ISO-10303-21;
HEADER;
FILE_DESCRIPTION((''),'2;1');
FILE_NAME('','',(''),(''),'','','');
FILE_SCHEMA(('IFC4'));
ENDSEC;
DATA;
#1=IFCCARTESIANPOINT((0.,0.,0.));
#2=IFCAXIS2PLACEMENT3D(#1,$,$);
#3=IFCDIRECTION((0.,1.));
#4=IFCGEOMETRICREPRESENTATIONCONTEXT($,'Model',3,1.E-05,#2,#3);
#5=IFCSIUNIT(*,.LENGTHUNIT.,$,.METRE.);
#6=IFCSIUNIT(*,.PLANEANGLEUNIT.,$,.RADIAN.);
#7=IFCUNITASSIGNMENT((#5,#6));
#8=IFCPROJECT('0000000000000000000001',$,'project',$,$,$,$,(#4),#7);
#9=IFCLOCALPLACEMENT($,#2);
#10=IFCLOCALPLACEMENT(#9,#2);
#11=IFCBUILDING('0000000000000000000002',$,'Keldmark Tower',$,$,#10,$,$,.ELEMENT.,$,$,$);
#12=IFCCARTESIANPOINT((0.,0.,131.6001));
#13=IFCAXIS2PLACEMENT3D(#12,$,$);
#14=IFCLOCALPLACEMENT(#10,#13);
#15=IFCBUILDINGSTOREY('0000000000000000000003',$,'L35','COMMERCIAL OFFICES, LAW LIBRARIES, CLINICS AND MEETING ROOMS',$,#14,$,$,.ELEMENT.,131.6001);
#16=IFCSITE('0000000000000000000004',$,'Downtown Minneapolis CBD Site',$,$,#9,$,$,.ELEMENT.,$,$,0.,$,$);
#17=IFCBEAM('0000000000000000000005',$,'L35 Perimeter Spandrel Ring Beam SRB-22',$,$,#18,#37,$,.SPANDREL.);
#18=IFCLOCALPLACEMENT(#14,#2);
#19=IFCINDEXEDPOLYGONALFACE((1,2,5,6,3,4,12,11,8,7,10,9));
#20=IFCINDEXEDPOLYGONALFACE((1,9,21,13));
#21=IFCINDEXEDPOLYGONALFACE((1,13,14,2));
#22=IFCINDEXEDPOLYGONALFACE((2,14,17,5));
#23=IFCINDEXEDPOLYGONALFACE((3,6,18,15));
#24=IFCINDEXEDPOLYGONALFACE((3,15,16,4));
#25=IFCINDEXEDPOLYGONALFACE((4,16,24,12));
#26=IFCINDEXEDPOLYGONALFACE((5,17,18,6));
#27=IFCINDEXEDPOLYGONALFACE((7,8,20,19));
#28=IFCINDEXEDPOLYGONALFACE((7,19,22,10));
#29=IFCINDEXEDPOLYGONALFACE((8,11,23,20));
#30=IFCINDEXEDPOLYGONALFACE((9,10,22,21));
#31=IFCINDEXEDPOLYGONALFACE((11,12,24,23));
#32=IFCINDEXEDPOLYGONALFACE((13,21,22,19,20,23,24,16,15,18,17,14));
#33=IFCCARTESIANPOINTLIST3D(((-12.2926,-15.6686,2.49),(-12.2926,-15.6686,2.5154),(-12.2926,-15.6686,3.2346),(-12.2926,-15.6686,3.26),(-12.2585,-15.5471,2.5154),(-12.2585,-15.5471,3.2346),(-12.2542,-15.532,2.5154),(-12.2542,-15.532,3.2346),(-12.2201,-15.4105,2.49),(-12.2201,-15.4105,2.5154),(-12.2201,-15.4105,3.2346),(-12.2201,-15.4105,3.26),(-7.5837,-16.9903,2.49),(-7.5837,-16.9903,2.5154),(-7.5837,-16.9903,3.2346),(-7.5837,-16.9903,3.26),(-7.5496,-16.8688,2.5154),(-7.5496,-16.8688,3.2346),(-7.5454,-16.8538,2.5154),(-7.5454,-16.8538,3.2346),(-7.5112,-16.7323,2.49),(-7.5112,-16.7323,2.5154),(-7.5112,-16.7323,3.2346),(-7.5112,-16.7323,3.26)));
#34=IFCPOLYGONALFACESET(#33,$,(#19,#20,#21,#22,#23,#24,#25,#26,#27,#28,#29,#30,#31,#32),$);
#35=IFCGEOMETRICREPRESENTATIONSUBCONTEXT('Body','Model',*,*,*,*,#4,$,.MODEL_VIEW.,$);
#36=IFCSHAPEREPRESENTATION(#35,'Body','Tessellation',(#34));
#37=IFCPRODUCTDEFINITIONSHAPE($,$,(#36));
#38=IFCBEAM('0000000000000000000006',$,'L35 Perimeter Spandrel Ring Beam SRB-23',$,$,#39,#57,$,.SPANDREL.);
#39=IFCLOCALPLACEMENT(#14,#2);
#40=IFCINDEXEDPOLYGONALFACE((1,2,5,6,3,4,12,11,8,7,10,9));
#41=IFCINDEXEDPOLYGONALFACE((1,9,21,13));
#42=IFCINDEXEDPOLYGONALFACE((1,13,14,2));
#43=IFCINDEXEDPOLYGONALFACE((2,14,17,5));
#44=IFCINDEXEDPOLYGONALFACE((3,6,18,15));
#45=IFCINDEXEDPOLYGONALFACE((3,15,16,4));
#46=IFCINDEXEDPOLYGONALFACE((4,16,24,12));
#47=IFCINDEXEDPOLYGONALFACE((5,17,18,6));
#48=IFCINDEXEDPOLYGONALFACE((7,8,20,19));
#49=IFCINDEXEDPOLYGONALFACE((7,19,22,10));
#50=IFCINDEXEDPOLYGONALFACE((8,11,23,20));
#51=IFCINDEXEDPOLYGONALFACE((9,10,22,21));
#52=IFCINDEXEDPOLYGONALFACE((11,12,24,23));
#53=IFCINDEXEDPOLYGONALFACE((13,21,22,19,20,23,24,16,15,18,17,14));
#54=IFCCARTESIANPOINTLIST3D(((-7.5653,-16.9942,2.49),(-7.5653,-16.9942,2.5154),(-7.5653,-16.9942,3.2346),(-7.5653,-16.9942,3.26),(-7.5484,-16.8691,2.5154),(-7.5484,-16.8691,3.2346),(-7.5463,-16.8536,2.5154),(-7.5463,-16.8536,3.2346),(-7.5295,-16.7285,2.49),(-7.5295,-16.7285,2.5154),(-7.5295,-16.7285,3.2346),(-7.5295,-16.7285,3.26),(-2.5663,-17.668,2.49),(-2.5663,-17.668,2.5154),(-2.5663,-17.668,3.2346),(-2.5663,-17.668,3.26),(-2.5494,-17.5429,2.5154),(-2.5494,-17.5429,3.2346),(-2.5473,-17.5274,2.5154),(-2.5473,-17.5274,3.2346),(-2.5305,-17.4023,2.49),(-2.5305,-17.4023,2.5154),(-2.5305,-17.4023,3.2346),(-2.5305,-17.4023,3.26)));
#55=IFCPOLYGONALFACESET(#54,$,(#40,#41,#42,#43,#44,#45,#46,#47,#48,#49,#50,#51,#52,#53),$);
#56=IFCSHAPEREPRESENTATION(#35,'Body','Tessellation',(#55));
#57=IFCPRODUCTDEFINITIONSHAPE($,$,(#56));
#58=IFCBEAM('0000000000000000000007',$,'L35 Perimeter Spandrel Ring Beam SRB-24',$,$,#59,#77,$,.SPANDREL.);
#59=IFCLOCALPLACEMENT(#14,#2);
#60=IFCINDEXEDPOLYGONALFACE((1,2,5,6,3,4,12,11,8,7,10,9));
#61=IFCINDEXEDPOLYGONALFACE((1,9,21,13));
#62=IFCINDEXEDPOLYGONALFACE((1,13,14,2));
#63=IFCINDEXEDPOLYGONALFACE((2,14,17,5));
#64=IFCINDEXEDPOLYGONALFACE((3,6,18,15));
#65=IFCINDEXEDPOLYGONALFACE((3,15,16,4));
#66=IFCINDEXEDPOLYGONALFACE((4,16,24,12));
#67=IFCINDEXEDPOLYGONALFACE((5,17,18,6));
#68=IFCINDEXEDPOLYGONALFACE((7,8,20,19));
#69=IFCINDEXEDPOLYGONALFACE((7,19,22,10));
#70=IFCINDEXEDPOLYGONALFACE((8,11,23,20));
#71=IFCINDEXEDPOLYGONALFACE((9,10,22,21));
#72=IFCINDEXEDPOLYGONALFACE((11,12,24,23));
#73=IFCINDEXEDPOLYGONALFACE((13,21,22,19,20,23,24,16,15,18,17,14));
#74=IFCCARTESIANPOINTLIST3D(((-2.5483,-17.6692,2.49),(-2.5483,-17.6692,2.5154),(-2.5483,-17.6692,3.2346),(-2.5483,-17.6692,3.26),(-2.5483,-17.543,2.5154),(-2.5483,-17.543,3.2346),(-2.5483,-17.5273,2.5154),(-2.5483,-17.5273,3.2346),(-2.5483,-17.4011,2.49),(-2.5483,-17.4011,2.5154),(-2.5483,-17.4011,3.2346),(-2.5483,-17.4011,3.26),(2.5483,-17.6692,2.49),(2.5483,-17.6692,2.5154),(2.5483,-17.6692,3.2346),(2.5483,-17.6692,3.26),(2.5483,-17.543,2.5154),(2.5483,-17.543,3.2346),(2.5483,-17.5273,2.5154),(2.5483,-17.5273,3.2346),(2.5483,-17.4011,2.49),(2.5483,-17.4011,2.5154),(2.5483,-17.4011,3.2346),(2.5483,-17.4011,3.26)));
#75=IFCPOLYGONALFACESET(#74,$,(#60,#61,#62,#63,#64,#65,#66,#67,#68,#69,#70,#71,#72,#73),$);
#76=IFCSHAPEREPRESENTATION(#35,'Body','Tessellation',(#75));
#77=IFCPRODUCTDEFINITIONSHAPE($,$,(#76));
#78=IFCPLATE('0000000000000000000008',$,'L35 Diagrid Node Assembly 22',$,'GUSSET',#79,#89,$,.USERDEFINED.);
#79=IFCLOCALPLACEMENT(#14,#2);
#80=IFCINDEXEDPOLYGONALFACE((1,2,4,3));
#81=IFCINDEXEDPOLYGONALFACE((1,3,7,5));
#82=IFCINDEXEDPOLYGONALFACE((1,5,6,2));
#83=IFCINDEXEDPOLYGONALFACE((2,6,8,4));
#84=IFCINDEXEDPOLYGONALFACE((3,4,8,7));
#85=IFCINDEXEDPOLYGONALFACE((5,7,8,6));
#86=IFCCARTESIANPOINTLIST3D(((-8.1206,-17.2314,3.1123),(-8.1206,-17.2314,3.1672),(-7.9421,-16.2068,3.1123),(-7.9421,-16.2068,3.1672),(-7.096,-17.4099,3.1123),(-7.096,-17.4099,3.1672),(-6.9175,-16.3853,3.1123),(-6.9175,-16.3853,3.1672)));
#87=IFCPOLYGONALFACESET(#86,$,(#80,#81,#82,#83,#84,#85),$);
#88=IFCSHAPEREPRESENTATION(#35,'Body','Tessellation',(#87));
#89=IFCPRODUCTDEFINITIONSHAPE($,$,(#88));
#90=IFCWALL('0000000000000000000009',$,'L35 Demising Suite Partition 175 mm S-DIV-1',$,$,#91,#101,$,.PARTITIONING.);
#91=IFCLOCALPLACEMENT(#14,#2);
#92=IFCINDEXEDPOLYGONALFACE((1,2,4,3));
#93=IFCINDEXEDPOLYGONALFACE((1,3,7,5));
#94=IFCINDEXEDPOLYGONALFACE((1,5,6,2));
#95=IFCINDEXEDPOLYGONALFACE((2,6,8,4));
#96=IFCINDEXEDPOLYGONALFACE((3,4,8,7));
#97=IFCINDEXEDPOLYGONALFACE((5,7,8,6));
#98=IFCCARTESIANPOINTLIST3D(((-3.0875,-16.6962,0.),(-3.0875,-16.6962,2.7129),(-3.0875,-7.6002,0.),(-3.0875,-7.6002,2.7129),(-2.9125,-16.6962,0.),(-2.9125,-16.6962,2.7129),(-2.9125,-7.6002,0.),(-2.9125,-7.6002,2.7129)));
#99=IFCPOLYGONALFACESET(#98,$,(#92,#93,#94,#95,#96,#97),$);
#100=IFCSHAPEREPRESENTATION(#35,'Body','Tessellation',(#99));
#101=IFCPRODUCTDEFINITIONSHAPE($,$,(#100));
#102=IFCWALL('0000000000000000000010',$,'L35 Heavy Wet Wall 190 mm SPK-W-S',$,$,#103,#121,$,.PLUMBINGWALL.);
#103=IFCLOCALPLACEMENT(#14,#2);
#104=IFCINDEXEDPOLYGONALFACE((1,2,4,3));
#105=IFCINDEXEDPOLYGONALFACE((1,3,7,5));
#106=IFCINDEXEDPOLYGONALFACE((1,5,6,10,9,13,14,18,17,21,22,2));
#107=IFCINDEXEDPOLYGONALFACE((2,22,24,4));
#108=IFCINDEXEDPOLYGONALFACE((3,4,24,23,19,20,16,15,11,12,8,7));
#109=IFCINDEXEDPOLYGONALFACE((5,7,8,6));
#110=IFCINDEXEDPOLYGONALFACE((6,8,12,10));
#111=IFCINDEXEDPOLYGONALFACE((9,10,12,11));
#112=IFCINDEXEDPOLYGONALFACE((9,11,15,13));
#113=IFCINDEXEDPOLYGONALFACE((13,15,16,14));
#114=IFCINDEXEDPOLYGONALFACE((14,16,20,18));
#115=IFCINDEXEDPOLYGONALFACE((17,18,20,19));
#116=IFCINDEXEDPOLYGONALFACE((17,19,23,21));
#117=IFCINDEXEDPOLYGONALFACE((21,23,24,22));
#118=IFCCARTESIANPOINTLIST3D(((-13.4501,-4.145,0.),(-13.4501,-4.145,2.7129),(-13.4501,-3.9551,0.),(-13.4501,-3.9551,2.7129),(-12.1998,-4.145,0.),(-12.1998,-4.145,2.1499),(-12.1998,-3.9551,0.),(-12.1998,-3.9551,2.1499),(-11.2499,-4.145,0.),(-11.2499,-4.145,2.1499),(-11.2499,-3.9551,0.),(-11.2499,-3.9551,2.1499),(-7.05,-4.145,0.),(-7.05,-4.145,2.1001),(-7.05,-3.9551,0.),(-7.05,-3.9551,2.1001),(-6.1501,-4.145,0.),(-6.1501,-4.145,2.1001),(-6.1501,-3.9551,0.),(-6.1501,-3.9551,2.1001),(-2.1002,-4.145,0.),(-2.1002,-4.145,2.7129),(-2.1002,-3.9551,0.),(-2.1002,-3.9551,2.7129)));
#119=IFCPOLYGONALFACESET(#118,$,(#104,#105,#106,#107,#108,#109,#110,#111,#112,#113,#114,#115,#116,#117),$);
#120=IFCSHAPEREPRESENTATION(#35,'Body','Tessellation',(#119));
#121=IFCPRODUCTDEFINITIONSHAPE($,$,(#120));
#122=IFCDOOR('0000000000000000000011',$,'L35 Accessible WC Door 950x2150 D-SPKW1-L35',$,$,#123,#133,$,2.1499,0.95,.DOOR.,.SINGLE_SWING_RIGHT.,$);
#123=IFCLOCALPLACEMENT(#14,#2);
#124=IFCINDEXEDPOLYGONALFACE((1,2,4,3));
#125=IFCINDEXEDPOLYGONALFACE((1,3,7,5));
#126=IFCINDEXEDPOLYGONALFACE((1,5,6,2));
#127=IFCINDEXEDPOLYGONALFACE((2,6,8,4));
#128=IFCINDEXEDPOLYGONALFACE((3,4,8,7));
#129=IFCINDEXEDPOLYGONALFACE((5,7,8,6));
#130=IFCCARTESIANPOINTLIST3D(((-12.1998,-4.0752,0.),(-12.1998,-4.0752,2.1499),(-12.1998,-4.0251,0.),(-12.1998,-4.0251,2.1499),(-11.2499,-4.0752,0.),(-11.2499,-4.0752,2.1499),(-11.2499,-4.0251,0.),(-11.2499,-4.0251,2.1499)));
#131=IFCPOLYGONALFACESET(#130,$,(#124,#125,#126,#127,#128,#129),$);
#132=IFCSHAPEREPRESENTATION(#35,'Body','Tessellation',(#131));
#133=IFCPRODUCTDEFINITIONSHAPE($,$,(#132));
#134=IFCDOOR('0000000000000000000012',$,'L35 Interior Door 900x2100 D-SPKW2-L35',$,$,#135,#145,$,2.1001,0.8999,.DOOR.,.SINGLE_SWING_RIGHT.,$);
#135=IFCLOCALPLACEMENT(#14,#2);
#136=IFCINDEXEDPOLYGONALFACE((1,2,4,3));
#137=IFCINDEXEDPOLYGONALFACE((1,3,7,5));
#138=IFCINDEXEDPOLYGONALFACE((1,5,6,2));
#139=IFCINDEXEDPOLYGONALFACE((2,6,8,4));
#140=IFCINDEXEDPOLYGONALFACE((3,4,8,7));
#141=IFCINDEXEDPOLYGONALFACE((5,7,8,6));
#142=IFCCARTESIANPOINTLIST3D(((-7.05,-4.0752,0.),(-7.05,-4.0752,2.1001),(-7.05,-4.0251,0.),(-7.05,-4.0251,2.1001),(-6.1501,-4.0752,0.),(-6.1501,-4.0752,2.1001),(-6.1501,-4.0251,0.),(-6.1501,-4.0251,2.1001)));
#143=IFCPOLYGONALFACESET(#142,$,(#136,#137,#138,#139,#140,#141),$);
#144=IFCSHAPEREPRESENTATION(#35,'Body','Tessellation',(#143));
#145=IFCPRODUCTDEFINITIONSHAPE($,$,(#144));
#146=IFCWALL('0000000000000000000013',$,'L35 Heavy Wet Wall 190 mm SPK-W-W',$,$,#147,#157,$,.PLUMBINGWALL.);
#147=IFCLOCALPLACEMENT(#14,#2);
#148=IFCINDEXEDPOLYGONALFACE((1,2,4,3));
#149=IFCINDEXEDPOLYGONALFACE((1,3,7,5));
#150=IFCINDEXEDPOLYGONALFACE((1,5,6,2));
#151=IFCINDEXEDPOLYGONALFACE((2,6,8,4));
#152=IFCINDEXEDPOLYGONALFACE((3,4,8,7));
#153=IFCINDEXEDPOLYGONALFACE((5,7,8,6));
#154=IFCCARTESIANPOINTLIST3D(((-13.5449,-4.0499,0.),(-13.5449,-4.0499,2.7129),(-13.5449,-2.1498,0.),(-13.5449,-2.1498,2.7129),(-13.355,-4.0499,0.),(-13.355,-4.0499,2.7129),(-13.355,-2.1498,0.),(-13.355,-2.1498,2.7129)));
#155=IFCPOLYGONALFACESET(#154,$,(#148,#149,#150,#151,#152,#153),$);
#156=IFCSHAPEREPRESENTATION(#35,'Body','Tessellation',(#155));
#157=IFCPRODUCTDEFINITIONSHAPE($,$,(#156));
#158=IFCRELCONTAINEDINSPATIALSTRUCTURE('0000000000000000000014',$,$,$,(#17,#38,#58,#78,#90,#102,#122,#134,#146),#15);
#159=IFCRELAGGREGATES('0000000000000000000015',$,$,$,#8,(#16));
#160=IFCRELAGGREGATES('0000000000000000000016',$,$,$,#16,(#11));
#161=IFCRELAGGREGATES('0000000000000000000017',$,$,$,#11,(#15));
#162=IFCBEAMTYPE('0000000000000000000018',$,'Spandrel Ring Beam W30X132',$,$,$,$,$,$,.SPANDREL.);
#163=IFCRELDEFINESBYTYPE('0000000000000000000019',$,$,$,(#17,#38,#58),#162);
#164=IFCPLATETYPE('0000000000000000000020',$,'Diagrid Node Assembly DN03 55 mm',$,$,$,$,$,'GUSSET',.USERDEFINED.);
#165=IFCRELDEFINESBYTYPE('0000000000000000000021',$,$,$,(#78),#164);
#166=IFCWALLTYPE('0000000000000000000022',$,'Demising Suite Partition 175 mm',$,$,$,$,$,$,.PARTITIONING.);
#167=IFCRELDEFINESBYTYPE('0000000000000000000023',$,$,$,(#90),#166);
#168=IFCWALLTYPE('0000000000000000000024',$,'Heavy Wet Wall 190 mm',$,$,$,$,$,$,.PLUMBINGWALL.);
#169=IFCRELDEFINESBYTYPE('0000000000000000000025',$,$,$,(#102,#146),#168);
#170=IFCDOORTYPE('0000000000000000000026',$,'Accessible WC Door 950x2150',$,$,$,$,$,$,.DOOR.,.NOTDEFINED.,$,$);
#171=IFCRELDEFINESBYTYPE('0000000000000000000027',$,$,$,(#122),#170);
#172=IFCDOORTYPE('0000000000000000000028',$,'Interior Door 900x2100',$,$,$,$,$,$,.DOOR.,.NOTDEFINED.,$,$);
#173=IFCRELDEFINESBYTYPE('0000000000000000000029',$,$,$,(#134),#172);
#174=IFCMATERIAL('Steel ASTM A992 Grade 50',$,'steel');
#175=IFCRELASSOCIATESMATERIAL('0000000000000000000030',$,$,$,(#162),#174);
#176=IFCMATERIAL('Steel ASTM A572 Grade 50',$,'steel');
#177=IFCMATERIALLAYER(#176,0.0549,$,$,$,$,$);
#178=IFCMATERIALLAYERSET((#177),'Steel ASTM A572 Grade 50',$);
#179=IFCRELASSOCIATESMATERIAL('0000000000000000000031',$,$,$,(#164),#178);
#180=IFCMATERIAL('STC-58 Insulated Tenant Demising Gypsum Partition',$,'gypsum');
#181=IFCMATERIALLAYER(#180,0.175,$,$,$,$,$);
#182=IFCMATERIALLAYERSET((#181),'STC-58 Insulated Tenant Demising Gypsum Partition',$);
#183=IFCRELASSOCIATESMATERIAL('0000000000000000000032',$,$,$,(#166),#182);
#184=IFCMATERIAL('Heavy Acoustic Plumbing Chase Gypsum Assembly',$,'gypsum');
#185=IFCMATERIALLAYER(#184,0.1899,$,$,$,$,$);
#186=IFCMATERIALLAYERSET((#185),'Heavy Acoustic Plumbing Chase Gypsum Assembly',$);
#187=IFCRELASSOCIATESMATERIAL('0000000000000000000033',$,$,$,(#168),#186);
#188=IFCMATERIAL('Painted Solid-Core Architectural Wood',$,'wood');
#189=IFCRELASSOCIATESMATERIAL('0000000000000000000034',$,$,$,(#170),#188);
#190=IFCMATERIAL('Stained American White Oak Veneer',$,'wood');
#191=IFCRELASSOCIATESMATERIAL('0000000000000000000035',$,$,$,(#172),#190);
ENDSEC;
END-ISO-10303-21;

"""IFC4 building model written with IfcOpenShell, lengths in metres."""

from ifc_helpers import new_model, si_unit, direction, frame, frame_2d, origin, origin_2d, place, context, subcontext, project, spatial, rectangle, i_section, extrude, material, layer, layer_set, material_profile, profile_set, type_object, element, fill, save


model = new_model("IFC4")

# Units and contexts
model_context = context("Model", 3, precision=1e-05, world=origin(), true_north=direction((0.0, 1.0)))
body_context = subcontext(model_context, "Body", "Model", "MODEL_VIEW")
ifc_project = project(units=[si_unit("LENGTHUNIT", "METRE"), si_unit("PLANEANGLEUNIT", "RADIAN")], contexts=[model_context])

# Site, building, storey
site_placement = place(None, origin())
site = spatial("IfcSite", under=ifc_project, at=site_placement, Name="Downtown Minneapolis CBD Site", CompositionType="ELEMENT", RefElevation=0.0)
building_placement = place(site_placement, origin())
building = spatial("IfcBuilding", under=site, at=building_placement, Name="Keldmark Tower", CompositionType="ELEMENT")
storey_placement = place(building_placement, frame((0.0, 0.0, 131.6001)))
storey = spatial("IfcBuildingStorey", under=building, at=storey_placement, Name="L35", Description="COMMERCIAL OFFICES, LAW LIBRARIES, CLINICS AND MEETING ROOMS", CompositionType="ELEMENT", Elevation=131.6001)

# Beams
ifc_material_1 = material(Name="Steel ASTM A992 Grade 50", Category="steel")
ifc_material_profile_1 = material_profile(ifc_material_1, i_section(OverallWidth=0.2681, OverallDepth=0.77, WebThickness=0.0156, FlangeThickness=0.0254, at=origin_2d()), Name="W30X132")
ifc_profile_set_1 = profile_set([ifc_material_profile_1], Name="Steel ASTM A992 Grade 50")
beam_type_1 = type_object("IfcBeamType", Name="Spandrel Ring Beam W30X132", PredefinedType="SPANDREL", material=ifc_profile_set_1)
beam_1_placement = place(storey_placement, frame((-12.2563, -15.5396, 2.875), z_axis=(0.962791, -0.270248, 0.0), x_axis=(0.270248, 0.962791, 0.0)))
element("IfcBeam", 1, at=beam_1_placement, inside=storey, type_object=beam_type_1, Name="L35 Perimeter Spandrel Ring Beam SRB-22", PredefinedType="SPANDREL", context=body_context, shape_type="SweptSolid", body=[
    extrude(i_section(OverallWidth=0.2681, OverallDepth=0.77, WebThickness=0.0156, FlangeThickness=0.0254, at=origin_2d()), origin(), (0.0, 0.0, 1.0), 4.8909),
])
beam_2_placement = place(storey_placement, frame((-7.5474, -16.8613, 2.875), z_axis=(0.991038, -0.133584, 0.0), x_axis=(0.133584, 0.991038, 0.0)))
element("IfcBeam", 2, at=beam_2_placement, inside=storey, type_object=beam_type_1, Name="L35 Perimeter Spandrel Ring Beam SRB-23", PredefinedType="SPANDREL", context=body_context, shape_type="SweptSolid", body=[
    extrude(i_section(OverallWidth=0.2681, OverallDepth=0.77, WebThickness=0.0156, FlangeThickness=0.0254, at=origin_2d()), origin(), (0.0, 0.0, 1.0), 5.0442),
])
beam_3_placement = place(storey_placement, frame((-2.5483, -17.5352, 2.875), z_axis=(1.0, 0.0, 0.0), x_axis=(0.0, 1.0, 0.0)))
element("IfcBeam", 3, at=beam_3_placement, inside=storey, type_object=beam_type_1, Name="L35 Perimeter Spandrel Ring Beam SRB-24", PredefinedType="SPANDREL", context=body_context, shape_type="SweptSolid", body=[
    extrude(i_section(OverallWidth=0.2681, OverallDepth=0.77, WebThickness=0.0156, FlangeThickness=0.0254, at=origin_2d()), origin(), (0.0, 0.0, 1.0), 5.0967),
])

# Plate
ifc_material_2 = material(Name="Steel ASTM A572 Grade 50", Category="steel")
ifc_layer_1 = layer(ifc_material_2, 0.0549)
ifc_layer_set_1 = layer_set([ifc_layer_1], Name="Steel ASTM A572 Grade 50")
plate_type = type_object("IfcPlateType", Name="Diagrid Node Assembly DN03 55 mm", ElementType="GUSSET", PredefinedType="USERDEFINED", material=ifc_layer_set_1)
plate_placement = place(storey_placement, frame((-7.519, -16.8083, 3.1123), z_axis=(0.0, 0.0, 1.0), x_axis=(0.985169, -0.171585, 0.0)))
element("IfcPlate", 4, at=plate_placement, inside=storey, type_object=plate_type, Name="L35 Diagrid Node Assembly 22", ObjectType="GUSSET", PredefinedType="USERDEFINED", context=body_context, shape_type="SweptSolid", body=[
    extrude(rectangle(XDim=1.04, YDim=1.04, at=origin_2d()), origin(), (0.0, 0.0, 1.0), 0.0549),
])

# Wall
ifc_material_3 = material(Name="STC-58 Insulated Tenant Demising Gypsum Partition", Category="gypsum")
ifc_layer_2 = layer(ifc_material_3, 0.175)
ifc_layer_set_2 = layer_set([ifc_layer_2], Name="STC-58 Insulated Tenant Demising Gypsum Partition")
wall_type_1 = type_object("IfcWallType", Name="Demising Suite Partition 175 mm", PredefinedType="PARTITIONING", material=ifc_layer_set_2)
wall_1_placement = place(storey_placement, frame((-3.0, -16.696, 0.0), z_axis=(0.0, 0.0, 1.0), x_axis=(0.0, 1.0, 0.0)))
element("IfcWall", 5, at=wall_1_placement, inside=storey, type_object=wall_type_1, Name="L35 Demising Suite Partition 175 mm S-DIV-1", PredefinedType="PARTITIONING", context=body_context, shape_type="SweptSolid", body=[
    extrude(rectangle(XDim=9.0959, YDim=0.175, at=frame_2d((4.5479, 0.0))), origin(), (0.0, 0.0, 1.0), 2.7129),
])

# Wall, openings, doors
ifc_material_4 = material(Name="Heavy Acoustic Plumbing Chase Gypsum Assembly", Category="gypsum")
ifc_layer_3 = layer(ifc_material_4, 0.1899)
ifc_layer_set_3 = layer_set([ifc_layer_3], Name="Heavy Acoustic Plumbing Chase Gypsum Assembly")
wall_type_2 = type_object("IfcWallType", Name="Heavy Wet Wall 190 mm", PredefinedType="PLUMBINGWALL", material=ifc_layer_set_3)
wall_2_placement = place(storey_placement, frame((-13.45, -4.05, 0.0), z_axis=(0.0, 0.0, 1.0), x_axis=(1.0, 0.0, 0.0)))
wall_2 = element("IfcWall", 6, at=wall_2_placement, inside=storey, type_object=wall_type_2, Name="L35 Heavy Wet Wall 190 mm SPK-W-S", PredefinedType="PLUMBINGWALL", context=body_context, shape_type="SweptSolid", body=[
    extrude(rectangle(XDim=11.3499, YDim=0.1899, at=frame_2d((5.6748, 0.0))), origin(), (0.0, 0.0, 1.0), 2.7129),
])
opening_1_placement = place(wall_2_placement, frame((1.25, 0.0, 0.0)))
opening_1 = element("IfcOpeningElement", 7, at=opening_1_placement, cuts=wall_2, PredefinedType="OPENING", context=body_context, shape_type="SweptSolid", body=[
    extrude(rectangle(XDim=0.95, YDim=2.1499, at=frame_2d((0.4751, 1.075))), frame((0.0, 0.105, 0.0), z_axis=(0.0, -1.0, 0.0), x_axis=(1.0, 0.0, 0.0)), (0.0, 0.0, 1.0), 0.21),
])
opening_2_placement = place(wall_2_placement, frame((6.3999, 0.0, 0.0)))
opening_2 = element("IfcOpeningElement", 8, at=opening_2_placement, cuts=wall_2, PredefinedType="OPENING", context=body_context, shape_type="SweptSolid", body=[
    extrude(rectangle(XDim=0.8999, YDim=2.1001, at=frame_2d((0.45, 1.05))), frame((0.0, 0.105, 0.0), z_axis=(0.0, -1.0, 0.0), x_axis=(1.0, 0.0, 0.0)), (0.0, 0.0, 1.0), 0.21),
])
ifc_material_5 = material(Name="Painted Solid-Core Architectural Wood", Category="wood")
door_type_1 = type_object("IfcDoorType", Name="Accessible WC Door 950x2150", OperationType="NOTDEFINED", PredefinedType="DOOR", material=ifc_material_5)
door_1_placement = place(opening_1_placement, origin())
door_1 = element("IfcDoor", 9, at=door_1_placement, inside=storey, type_object=door_type_1, Name="L35 Accessible WC Door 950x2150 D-SPKW1-L35", OperationType="SINGLE_SWING_RIGHT", OverallHeight=2.1499, OverallWidth=0.95, PredefinedType="DOOR", context=body_context, shape_type="SweptSolid", body=[
    extrude(rectangle(XDim=0.95, YDim=2.1499, at=frame_2d((0.4751, 1.075))), frame((0.0, 0.0249, 0.0), z_axis=(0.0, -1.0, 0.0), x_axis=(1.0, 0.0, 0.0)), (0.0, 0.0, 1.0), 0.05),
])
fill(opening_1, door_1)
ifc_material_6 = material(Name="Stained American White Oak Veneer", Category="wood")
door_type_2 = type_object("IfcDoorType", Name="Interior Door 900x2100", OperationType="NOTDEFINED", PredefinedType="DOOR", material=ifc_material_6)
door_2_placement = place(opening_2_placement, origin())
door_2 = element("IfcDoor", 10, at=door_2_placement, inside=storey, type_object=door_type_2, Name="L35 Interior Door 900x2100 D-SPKW2-L35", OperationType="SINGLE_SWING_RIGHT", OverallHeight=2.1001, OverallWidth=0.8999, PredefinedType="DOOR", context=body_context, shape_type="SweptSolid", body=[
    extrude(rectangle(XDim=0.8999, YDim=2.1001, at=frame_2d((0.45, 1.05))), frame((0.0, 0.0249, 0.0), z_axis=(0.0, -1.0, 0.0), x_axis=(1.0, 0.0, 0.0)), (0.0, 0.0, 1.0), 0.05),
])
fill(opening_2, door_2)

# Wall
wall_3_placement = place(storey_placement, frame((-13.45, -4.05, 0.0), z_axis=(0.0, 0.0, 1.0), x_axis=(0.0, 1.0, 0.0)))
element("IfcWall", 11, at=wall_3_placement, inside=storey, type_object=wall_type_2, Name="L35 Heavy Wet Wall 190 mm SPK-W-W", PredefinedType="PLUMBINGWALL", context=body_context, shape_type="SweptSolid", body=[
    extrude(rectangle(XDim=1.9001, YDim=0.1899, at=frame_2d((0.9502, 0.0))), origin(), (0.0, 0.0, 1.0), 2.7129),
])

save(model, "model.ifc")
